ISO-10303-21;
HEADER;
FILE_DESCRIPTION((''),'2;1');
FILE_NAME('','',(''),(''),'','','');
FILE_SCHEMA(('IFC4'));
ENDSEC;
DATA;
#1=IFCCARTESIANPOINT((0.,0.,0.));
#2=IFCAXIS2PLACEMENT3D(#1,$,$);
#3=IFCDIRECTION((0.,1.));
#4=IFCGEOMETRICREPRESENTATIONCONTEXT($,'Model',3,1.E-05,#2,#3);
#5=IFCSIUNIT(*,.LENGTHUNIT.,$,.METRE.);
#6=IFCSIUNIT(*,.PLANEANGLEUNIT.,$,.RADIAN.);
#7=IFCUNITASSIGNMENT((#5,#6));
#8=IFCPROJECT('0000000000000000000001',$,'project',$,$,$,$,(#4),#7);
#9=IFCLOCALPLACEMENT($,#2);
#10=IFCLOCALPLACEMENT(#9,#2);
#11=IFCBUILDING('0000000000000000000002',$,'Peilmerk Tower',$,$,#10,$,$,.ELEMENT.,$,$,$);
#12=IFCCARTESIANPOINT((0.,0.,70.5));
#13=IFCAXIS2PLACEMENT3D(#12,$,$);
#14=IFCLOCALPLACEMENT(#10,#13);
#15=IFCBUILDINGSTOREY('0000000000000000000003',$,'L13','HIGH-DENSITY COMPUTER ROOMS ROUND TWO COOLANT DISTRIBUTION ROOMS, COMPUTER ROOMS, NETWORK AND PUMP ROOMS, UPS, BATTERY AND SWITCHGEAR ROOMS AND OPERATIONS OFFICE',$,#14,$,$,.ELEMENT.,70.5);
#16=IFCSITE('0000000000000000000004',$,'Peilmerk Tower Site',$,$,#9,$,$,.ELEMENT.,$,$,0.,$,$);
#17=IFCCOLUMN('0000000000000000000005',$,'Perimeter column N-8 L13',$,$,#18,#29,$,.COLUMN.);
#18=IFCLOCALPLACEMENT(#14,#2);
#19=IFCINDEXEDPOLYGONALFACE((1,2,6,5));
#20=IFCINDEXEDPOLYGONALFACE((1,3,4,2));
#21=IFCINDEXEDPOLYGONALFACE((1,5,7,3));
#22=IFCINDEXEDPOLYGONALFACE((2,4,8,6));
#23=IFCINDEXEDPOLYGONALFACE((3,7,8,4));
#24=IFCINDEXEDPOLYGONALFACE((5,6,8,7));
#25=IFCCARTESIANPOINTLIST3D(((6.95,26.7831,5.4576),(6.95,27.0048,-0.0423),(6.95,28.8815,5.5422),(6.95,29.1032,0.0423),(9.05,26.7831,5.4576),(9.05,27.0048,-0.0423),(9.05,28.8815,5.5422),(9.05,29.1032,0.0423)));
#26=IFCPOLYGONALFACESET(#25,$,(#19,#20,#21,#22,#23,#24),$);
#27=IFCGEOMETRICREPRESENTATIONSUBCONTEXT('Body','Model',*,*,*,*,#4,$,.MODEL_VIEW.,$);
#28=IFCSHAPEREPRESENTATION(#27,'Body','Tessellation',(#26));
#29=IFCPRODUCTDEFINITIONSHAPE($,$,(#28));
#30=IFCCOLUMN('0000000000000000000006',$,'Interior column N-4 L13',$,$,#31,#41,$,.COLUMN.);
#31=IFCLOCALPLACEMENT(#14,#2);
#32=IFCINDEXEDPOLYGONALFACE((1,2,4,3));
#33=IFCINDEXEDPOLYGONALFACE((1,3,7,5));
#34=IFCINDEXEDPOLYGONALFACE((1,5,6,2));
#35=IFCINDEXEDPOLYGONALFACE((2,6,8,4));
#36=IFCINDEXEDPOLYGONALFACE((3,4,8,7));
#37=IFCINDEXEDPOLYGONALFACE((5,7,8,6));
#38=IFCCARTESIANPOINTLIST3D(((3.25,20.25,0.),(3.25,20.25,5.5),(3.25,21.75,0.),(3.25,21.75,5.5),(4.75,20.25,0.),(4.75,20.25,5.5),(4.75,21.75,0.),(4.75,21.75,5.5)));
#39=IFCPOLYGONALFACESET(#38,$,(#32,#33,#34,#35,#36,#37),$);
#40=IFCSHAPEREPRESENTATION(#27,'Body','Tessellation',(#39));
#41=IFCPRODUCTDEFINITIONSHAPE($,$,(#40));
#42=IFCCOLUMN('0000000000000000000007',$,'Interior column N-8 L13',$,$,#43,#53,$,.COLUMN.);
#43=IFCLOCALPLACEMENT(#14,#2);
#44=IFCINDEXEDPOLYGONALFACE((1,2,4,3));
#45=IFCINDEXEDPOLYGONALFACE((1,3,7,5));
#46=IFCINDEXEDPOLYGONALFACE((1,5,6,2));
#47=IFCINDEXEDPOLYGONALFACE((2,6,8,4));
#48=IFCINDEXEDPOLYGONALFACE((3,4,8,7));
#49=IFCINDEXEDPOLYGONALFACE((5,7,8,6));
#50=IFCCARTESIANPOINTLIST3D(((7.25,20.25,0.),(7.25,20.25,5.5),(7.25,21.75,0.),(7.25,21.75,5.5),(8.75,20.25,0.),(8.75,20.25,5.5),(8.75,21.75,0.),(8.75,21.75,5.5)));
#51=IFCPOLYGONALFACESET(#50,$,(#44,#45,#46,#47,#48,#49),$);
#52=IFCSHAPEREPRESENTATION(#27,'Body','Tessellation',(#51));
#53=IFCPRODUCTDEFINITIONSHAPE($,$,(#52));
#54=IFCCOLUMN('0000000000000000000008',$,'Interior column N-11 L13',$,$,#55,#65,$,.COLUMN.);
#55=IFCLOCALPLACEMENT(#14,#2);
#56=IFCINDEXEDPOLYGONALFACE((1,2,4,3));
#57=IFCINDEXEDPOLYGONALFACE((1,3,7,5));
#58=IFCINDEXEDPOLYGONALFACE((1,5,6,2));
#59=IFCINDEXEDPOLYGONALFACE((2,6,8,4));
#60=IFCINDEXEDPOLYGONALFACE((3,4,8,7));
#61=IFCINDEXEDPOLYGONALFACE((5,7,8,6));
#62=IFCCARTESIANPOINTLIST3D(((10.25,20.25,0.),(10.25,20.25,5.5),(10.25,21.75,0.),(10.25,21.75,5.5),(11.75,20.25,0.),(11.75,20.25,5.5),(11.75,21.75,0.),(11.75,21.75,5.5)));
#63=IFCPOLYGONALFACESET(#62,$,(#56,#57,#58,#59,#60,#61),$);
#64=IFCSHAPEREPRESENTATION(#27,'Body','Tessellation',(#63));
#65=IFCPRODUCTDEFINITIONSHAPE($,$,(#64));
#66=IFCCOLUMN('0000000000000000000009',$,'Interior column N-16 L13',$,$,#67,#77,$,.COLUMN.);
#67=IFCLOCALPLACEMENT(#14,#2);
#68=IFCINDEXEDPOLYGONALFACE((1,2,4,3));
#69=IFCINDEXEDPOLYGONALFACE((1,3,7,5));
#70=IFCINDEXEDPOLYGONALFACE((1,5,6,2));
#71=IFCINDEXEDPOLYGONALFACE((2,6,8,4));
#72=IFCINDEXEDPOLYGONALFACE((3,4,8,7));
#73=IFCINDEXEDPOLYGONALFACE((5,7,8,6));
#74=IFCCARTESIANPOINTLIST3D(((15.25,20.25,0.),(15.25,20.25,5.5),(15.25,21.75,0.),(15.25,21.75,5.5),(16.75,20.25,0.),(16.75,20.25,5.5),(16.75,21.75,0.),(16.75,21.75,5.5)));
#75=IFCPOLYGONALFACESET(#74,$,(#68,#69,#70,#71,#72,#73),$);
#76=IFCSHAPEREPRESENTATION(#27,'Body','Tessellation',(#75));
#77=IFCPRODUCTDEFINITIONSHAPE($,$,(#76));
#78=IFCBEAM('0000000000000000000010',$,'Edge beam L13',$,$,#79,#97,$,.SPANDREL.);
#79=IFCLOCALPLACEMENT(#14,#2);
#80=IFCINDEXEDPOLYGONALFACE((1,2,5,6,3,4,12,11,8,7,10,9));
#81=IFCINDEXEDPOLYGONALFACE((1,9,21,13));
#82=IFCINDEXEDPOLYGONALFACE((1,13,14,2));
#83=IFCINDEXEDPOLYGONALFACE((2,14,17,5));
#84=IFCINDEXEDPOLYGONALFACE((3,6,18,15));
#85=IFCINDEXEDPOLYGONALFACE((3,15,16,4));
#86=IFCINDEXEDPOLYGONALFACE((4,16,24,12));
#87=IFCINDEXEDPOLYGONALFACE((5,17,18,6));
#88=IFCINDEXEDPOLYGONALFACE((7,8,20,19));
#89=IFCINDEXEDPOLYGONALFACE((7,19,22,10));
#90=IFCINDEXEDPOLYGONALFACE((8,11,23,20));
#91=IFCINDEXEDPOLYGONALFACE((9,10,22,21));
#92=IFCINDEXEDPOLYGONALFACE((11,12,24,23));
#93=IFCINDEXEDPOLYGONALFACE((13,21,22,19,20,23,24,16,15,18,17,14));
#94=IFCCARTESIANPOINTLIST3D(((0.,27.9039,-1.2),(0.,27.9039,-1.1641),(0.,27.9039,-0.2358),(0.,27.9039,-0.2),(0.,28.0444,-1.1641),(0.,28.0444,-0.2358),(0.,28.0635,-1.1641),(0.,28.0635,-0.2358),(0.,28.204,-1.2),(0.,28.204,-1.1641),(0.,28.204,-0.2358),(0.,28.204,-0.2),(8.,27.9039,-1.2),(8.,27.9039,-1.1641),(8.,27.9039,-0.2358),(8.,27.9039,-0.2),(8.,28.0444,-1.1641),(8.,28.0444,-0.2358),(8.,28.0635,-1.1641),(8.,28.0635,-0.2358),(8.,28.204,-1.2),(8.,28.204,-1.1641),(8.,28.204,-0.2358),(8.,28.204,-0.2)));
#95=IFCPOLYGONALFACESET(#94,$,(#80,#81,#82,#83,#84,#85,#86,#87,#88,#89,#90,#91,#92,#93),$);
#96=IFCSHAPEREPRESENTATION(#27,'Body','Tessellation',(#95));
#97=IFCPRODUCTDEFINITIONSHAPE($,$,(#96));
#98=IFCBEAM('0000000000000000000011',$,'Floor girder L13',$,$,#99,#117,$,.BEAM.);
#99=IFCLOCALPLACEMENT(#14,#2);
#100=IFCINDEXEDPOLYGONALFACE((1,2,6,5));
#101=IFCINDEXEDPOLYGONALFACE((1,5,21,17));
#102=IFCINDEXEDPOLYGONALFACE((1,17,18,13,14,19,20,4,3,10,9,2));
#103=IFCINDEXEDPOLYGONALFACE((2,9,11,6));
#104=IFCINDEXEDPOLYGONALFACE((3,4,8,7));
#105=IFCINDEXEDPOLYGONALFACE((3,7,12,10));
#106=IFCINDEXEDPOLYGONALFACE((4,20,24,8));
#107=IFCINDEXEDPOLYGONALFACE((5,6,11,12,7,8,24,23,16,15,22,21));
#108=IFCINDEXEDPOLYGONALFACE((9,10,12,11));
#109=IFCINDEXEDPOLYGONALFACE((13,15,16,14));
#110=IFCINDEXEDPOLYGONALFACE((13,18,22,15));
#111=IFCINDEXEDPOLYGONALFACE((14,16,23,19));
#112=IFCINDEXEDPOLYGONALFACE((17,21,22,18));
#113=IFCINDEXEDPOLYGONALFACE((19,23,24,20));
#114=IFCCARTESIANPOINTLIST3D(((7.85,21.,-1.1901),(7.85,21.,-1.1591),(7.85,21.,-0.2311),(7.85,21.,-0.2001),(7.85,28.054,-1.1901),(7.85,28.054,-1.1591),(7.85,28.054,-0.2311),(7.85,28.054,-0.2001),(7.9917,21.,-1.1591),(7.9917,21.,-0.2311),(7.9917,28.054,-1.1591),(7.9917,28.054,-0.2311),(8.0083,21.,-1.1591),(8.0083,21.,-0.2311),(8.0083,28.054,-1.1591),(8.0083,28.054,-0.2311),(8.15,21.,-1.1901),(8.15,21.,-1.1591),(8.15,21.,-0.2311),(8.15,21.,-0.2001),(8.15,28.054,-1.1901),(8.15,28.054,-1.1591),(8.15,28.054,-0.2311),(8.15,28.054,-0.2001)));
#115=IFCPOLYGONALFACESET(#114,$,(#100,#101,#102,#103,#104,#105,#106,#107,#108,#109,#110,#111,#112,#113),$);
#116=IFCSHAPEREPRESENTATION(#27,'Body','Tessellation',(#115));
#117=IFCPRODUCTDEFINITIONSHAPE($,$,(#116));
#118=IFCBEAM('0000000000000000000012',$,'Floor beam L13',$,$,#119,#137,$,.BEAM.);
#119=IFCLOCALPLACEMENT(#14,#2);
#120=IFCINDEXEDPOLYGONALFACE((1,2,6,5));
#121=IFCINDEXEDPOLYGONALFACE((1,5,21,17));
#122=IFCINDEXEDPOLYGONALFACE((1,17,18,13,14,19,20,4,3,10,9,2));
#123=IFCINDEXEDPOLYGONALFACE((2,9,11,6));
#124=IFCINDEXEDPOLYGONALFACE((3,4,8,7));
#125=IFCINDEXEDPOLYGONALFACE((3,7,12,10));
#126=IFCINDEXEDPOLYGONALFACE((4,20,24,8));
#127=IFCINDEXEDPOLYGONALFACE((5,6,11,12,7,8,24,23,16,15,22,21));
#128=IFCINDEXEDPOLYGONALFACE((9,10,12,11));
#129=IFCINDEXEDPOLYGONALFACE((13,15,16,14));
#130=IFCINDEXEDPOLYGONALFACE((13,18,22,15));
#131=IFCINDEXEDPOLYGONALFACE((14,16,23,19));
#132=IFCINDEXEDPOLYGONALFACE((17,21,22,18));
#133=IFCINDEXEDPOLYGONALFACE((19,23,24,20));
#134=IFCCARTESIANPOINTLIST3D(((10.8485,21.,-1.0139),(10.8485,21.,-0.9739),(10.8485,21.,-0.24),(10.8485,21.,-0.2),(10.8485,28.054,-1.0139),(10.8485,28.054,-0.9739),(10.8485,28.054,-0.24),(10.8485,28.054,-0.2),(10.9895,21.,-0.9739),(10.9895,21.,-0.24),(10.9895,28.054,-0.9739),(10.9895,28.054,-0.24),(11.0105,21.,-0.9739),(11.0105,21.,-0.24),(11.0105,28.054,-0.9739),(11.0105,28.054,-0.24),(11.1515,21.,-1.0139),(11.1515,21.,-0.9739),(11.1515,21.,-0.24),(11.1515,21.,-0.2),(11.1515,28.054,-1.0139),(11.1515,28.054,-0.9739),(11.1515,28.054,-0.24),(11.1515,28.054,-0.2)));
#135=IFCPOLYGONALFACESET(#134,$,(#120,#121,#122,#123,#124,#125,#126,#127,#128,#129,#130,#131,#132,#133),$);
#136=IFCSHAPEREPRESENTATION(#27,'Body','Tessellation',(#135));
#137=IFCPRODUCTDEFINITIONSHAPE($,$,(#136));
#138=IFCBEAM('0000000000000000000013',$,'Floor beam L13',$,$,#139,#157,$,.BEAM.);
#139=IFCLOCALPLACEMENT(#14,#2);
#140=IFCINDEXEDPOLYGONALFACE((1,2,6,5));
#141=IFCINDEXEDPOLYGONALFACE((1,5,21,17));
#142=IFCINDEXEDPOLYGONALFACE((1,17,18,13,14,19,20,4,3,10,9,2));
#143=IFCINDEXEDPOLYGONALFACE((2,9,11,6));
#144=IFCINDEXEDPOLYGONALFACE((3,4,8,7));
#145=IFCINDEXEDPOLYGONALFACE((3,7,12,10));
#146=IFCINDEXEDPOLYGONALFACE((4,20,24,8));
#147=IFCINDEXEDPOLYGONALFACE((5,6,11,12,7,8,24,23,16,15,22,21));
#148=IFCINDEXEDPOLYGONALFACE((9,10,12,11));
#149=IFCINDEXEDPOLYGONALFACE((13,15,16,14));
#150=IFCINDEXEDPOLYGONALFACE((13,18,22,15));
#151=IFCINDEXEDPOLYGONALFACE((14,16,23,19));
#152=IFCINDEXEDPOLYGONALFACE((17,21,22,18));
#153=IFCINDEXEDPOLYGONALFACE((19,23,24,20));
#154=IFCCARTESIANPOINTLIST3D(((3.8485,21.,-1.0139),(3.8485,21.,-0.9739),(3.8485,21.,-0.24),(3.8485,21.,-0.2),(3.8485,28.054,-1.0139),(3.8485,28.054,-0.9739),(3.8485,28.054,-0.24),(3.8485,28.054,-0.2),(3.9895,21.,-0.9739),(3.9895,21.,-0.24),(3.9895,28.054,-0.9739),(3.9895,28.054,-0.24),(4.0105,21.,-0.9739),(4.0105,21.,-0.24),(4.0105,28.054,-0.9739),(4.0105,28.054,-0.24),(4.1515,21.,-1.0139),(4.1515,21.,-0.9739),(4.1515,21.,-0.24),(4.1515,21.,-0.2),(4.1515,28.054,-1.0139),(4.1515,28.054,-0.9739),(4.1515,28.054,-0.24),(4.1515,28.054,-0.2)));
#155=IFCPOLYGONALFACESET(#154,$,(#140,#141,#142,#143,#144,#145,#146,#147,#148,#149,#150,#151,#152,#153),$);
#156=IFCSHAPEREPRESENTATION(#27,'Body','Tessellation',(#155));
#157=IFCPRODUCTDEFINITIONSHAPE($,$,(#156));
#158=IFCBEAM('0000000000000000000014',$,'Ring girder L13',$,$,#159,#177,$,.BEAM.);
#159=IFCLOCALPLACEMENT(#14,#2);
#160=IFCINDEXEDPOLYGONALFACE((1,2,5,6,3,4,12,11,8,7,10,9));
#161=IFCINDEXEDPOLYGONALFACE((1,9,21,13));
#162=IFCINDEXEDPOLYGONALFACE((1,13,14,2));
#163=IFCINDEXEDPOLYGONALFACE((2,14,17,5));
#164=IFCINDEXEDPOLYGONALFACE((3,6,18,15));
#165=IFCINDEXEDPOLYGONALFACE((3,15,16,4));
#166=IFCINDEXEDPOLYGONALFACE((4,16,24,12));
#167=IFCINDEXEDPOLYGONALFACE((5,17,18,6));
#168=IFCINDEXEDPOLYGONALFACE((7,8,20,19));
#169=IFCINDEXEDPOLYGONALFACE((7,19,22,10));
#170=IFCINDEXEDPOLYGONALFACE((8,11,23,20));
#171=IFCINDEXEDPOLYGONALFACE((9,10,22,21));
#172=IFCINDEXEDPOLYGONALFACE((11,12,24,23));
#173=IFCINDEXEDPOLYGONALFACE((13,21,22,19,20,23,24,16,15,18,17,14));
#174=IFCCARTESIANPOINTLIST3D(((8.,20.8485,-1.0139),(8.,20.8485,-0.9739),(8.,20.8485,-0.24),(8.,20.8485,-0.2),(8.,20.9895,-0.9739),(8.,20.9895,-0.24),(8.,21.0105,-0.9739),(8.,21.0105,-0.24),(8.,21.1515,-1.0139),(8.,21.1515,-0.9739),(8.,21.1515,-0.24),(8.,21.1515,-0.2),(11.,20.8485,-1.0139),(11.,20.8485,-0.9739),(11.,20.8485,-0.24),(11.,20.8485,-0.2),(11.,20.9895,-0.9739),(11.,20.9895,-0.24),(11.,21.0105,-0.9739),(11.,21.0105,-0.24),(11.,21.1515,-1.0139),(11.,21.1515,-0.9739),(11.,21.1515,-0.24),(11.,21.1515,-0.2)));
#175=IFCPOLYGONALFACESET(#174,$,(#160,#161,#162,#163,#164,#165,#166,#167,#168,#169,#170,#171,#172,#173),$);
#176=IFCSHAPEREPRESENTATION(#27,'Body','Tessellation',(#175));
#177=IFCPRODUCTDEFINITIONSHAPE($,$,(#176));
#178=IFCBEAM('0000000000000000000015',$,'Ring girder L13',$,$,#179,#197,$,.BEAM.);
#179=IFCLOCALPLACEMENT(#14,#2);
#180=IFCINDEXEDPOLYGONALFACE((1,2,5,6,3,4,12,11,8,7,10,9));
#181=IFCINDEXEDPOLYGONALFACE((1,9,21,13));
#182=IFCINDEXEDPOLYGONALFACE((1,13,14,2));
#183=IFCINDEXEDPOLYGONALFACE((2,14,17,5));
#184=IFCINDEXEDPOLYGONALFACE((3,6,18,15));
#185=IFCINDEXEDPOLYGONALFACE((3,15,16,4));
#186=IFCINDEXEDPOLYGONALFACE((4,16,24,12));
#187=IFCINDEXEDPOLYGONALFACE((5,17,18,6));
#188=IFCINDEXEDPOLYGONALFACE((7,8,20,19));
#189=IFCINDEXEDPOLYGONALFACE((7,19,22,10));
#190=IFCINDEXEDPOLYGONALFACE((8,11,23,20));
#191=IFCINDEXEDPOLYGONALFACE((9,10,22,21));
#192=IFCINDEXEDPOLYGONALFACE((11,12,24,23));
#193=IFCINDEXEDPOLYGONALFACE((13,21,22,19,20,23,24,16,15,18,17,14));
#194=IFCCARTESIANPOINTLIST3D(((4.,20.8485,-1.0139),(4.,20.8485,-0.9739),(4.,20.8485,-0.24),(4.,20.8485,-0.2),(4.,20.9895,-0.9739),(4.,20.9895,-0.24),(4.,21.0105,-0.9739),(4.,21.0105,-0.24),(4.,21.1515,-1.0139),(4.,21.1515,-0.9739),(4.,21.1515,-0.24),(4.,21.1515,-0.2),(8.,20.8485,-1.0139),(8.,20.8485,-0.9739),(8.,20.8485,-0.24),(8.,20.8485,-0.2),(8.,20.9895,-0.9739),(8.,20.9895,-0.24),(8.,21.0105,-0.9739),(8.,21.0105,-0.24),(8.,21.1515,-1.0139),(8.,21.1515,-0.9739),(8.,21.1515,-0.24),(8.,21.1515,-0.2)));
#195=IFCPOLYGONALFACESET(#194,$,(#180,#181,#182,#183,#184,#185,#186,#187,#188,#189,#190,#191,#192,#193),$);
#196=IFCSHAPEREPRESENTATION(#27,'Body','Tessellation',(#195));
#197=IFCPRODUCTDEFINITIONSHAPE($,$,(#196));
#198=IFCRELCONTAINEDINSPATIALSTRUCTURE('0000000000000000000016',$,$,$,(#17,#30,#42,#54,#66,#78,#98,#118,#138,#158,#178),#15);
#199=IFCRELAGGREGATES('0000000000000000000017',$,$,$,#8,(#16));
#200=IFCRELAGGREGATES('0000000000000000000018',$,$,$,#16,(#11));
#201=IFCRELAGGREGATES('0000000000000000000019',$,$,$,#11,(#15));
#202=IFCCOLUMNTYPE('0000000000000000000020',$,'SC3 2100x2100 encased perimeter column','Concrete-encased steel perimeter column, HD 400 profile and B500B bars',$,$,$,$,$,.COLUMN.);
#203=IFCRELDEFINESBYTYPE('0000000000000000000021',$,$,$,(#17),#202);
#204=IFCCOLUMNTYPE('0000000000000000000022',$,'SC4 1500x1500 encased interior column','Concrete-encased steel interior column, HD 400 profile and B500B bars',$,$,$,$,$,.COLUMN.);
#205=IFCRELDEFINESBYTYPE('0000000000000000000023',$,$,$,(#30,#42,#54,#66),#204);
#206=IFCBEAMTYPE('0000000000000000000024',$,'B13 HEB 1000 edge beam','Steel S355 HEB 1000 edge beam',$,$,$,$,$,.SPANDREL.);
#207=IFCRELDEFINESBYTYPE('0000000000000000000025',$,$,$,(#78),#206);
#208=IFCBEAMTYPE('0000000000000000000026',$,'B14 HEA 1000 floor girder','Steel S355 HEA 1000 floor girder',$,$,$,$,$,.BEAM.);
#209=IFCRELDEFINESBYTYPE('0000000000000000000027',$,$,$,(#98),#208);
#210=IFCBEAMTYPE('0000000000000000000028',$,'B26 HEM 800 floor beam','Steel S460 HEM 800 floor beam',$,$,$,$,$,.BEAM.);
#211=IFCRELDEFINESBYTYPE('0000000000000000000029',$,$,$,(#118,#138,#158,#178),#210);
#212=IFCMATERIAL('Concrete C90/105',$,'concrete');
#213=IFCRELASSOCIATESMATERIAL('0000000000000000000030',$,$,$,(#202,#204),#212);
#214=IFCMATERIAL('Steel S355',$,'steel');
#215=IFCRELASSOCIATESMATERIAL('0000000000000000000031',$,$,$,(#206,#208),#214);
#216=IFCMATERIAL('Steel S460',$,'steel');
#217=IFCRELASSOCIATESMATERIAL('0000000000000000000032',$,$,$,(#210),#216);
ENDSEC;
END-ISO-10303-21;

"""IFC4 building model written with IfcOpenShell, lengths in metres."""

from ifc_helpers import new_model, si_unit, direction, frame, origin, origin_2d, place, context, subcontext, project, spatial, rectangle, i_section, extrude, material, material_profile, profile_set, type_object, element, save


model = new_model("IFC4")

# Units and contexts
model_context = context("Model", 3, precision=1e-05, world=origin(), true_north=direction((0.0, 1.0)))
body_context = subcontext(model_context, "Body", "Model", "MODEL_VIEW")
ifc_project = project(units=[si_unit("LENGTHUNIT", "METRE"), si_unit("PLANEANGLEUNIT", "RADIAN")], contexts=[model_context])

# Site, building, storey
site_placement = place(None, origin())
site = spatial("IfcSite", under=ifc_project, at=site_placement, Name="Peilmerk Tower Site", CompositionType="ELEMENT", RefElevation=0.0)
building_placement = place(site_placement, origin())
building = spatial("IfcBuilding", under=site, at=building_placement, Name="Peilmerk Tower", CompositionType="ELEMENT")
storey_placement = place(building_placement, frame((0.0, 0.0, 70.5)))
storey = spatial("IfcBuildingStorey", under=building, at=storey_placement, Name="L13", Description="HIGH-DENSITY COMPUTER ROOMS ROUND TWO COOLANT DISTRIBUTION ROOMS, COMPUTER ROOMS, NETWORK AND PUMP ROOMS, UPS, BATTERY AND SWITCHGEAR ROOMS AND OPERATIONS OFFICE", CompositionType="ELEMENT", Elevation=70.5)

# Columns
ifc_material_1 = material(Name="Concrete C90/105", Category="concrete")
ifc_material_profile_1 = material_profile(ifc_material_1, rectangle(XDim=2.1001, YDim=2.1001, at=origin_2d()), Name="RC 2100x2100")
ifc_profile_set_1 = profile_set([ifc_material_profile_1], Name="Concrete C90/105")
column_type_1 = type_object("IfcColumnType", Name="SC3 2100x2100 encased perimeter column", Description="Concrete-encased steel perimeter column, HD 400 profile and B500B bars", PredefinedType="COLUMN", material=ifc_profile_set_1)
column_placement = place(storey_placement, frame((8.0, 28.054, 0.0), z_axis=(0.0, -0.040273, 0.999189), x_axis=(1.0, 0.0, 0.0)))
element("IfcColumn", 1, at=column_placement, inside=storey, type_object=column_type_1, Name="Perimeter column N-8 L13", PredefinedType="COLUMN", context=body_context, shape_type="SweptSolid", body=[
    extrude(rectangle(XDim=2.1001, YDim=2.1001, at=origin_2d()), origin(), (0.0, 0.0, 1.0), 5.5044),
])
ifc_material_profile_2 = material_profile(ifc_material_1, rectangle(XDim=1.5, YDim=1.5, at=origin_2d()), Name="RC 1500x1500")
ifc_profile_set_2 = profile_set([ifc_material_profile_2], Name="Concrete C90/105")
column_type_2 = type_object("IfcColumnType", Name="SC4 1500x1500 encased interior column", Description="Concrete-encased steel interior column, HD 400 profile and B500B bars", PredefinedType="COLUMN", material=ifc_profile_set_2)
for number, where, z_axis, x_axis, name in (
    (2, (4.0, 21.0, 0.0), (0.0, 0.0, 1.0), (1.0, 0.0, 0.0), "Interior column N-4 L13"),
    (3, (8.0, 21.0, 0.0), (0.0, 0.0, 1.0), (1.0, 0.0, 0.0), "Interior column N-8 L13"),
    (4, (11.0, 21.0, 0.0), (0.0, 0.0, 1.0), (1.0, 0.0, 0.0), "Interior column N-11 L13"),
    (5, (16.0, 21.0, 0.0), (0.0, 0.0, 1.0), (1.0, 0.0, 0.0), "Interior column N-16 L13"),
):
    element("IfcColumn", number, at=place(storey_placement, frame(where, z_axis=z_axis, x_axis=x_axis)), inside=storey, type_object=column_type_2, Name=name, PredefinedType="COLUMN", context=body_context, shape_type="SweptSolid", body=[
        extrude(rectangle(XDim=1.5, YDim=1.5, at=origin_2d()), origin(), (0.0, 0.0, 1.0), 5.5),
    ])

# Beams
ifc_material_2 = material(Name="Steel S355", Category="steel")
ifc_material_profile_3 = material_profile(ifc_material_2, i_section(OverallWidth=0.3, OverallDepth=1.0, WebThickness=0.019, FlangeThickness=0.0359, at=origin_2d()), Name="HEB 1000")
ifc_profile_set_3 = profile_set([ifc_material_profile_3], Name="Steel S355")
beam_type_1 = type_object("IfcBeamType", Name="B13 HEB 1000 edge beam", Description="Steel S355 HEB 1000 edge beam", PredefinedType="SPANDREL", material=ifc_profile_set_3)
beam_1_placement = place(storey_placement, frame((8.0, 28.054, -0.7), z_axis=(-1.0, 0.0, 0.0), x_axis=(0.0, -1.0, 0.0)))
element("IfcBeam", 6, at=beam_1_placement, inside=storey, type_object=beam_type_1, Name="Edge beam L13", PredefinedType="SPANDREL", context=body_context, shape_type="SweptSolid", body=[
    extrude(i_section(OverallWidth=0.3, OverallDepth=1.0, WebThickness=0.019, FlangeThickness=0.0359, at=origin_2d()), origin(), (0.0, 0.0, 1.0), 8.0),
])
ifc_material_profile_4 = material_profile(ifc_material_2, i_section(OverallWidth=0.3, OverallDepth=0.99, WebThickness=0.0166, FlangeThickness=0.031, at=origin_2d()), Name="HEA 1000")
ifc_profile_set_4 = profile_set([ifc_material_profile_4], Name="Steel S355")
beam_type_2 = type_object("IfcBeamType", Name="B14 HEA 1000 floor girder", Description="Steel S355 HEA 1000 floor girder", PredefinedType="BEAM", material=ifc_profile_set_4)
beam_2_placement = place(storey_placement, frame((8.0, 21.0, -0.6951), z_axis=(0.0, 1.0, 0.0), x_axis=(-1.0, 0.0, 0.0)))
element("IfcBeam", 7, at=beam_2_placement, inside=storey, type_object=beam_type_2, Name="Floor girder L13", PredefinedType="BEAM", context=body_context, shape_type="SweptSolid", body=[
    extrude(i_section(OverallWidth=0.3, OverallDepth=0.99, WebThickness=0.0166, FlangeThickness=0.031, at=origin_2d()), origin(), (0.0, 0.0, 1.0), 7.054),
])
ifc_material_3 = material(Name="Steel S460", Category="steel")
ifc_material_profile_5 = material_profile(ifc_material_3, i_section(OverallWidth=0.303, OverallDepth=0.814, WebThickness=0.021, FlangeThickness=0.04, at=origin_2d()), Name="HEM 800")
ifc_profile_set_5 = profile_set([ifc_material_profile_5], Name="Steel S460")
beam_type_3 = type_object("IfcBeamType", Name="B26 HEM 800 floor beam", Description="Steel S460 HEM 800 floor beam", PredefinedType="BEAM", material=ifc_profile_set_5)
for number, where, z_axis, x_axis, name in (
    (8, (11.0, 21.0, -0.6069), (0.0, 1.0, 0.0), (-1.0, 0.0, 0.0), "Floor beam L13"),
    (9, (4.0, 21.0, -0.6069), (0.0, 1.0, 0.0), (-1.0, 0.0, 0.0), "Floor beam L13"),
):
    element("IfcBeam", number, at=place(storey_placement, frame(where, z_axis=z_axis, x_axis=x_axis)), inside=storey, type_object=beam_type_3, Name=name, PredefinedType="BEAM", context=body_context, shape_type="SweptSolid", body=[
        extrude(i_section(OverallWidth=0.303, OverallDepth=0.814, WebThickness=0.021, FlangeThickness=0.04, at=origin_2d()), origin(), (0.0, 0.0, 1.0), 7.054),
    ])
beam_3_placement = place(storey_placement, frame((11.0, 21.0, -0.6069), z_axis=(-1.0, 0.0, 0.0), x_axis=(0.0, -1.0, 0.0)))
element("IfcBeam", 10, at=beam_3_placement, inside=storey, type_object=beam_type_3, Name="Ring girder L13", PredefinedType="BEAM", context=body_context, shape_type="SweptSolid", body=[
    extrude(i_section(OverallWidth=0.303, OverallDepth=0.814, WebThickness=0.021, FlangeThickness=0.04, at=origin_2d()), origin(), (0.0, 0.0, 1.0), 3.0),
])
for number, where, z_axis, x_axis, name in (
    (11, (8.0, 21.0, -0.6069), (-1.0, 0.0, 0.0), (0.0, -1.0, 0.0), "Ring girder L13"),
):
    element("IfcBeam", number, at=place(storey_placement, frame(where, z_axis=z_axis, x_axis=x_axis)), inside=storey, type_object=beam_type_3, Name=name, PredefinedType="BEAM", context=body_context, shape_type="SweptSolid", body=[
        extrude(i_section(OverallWidth=0.303, OverallDepth=0.814, WebThickness=0.021, FlangeThickness=0.04, at=origin_2d()), origin(), (0.0, 0.0, 1.0), 4.0),
    ])

save(model, "model.ifc")
